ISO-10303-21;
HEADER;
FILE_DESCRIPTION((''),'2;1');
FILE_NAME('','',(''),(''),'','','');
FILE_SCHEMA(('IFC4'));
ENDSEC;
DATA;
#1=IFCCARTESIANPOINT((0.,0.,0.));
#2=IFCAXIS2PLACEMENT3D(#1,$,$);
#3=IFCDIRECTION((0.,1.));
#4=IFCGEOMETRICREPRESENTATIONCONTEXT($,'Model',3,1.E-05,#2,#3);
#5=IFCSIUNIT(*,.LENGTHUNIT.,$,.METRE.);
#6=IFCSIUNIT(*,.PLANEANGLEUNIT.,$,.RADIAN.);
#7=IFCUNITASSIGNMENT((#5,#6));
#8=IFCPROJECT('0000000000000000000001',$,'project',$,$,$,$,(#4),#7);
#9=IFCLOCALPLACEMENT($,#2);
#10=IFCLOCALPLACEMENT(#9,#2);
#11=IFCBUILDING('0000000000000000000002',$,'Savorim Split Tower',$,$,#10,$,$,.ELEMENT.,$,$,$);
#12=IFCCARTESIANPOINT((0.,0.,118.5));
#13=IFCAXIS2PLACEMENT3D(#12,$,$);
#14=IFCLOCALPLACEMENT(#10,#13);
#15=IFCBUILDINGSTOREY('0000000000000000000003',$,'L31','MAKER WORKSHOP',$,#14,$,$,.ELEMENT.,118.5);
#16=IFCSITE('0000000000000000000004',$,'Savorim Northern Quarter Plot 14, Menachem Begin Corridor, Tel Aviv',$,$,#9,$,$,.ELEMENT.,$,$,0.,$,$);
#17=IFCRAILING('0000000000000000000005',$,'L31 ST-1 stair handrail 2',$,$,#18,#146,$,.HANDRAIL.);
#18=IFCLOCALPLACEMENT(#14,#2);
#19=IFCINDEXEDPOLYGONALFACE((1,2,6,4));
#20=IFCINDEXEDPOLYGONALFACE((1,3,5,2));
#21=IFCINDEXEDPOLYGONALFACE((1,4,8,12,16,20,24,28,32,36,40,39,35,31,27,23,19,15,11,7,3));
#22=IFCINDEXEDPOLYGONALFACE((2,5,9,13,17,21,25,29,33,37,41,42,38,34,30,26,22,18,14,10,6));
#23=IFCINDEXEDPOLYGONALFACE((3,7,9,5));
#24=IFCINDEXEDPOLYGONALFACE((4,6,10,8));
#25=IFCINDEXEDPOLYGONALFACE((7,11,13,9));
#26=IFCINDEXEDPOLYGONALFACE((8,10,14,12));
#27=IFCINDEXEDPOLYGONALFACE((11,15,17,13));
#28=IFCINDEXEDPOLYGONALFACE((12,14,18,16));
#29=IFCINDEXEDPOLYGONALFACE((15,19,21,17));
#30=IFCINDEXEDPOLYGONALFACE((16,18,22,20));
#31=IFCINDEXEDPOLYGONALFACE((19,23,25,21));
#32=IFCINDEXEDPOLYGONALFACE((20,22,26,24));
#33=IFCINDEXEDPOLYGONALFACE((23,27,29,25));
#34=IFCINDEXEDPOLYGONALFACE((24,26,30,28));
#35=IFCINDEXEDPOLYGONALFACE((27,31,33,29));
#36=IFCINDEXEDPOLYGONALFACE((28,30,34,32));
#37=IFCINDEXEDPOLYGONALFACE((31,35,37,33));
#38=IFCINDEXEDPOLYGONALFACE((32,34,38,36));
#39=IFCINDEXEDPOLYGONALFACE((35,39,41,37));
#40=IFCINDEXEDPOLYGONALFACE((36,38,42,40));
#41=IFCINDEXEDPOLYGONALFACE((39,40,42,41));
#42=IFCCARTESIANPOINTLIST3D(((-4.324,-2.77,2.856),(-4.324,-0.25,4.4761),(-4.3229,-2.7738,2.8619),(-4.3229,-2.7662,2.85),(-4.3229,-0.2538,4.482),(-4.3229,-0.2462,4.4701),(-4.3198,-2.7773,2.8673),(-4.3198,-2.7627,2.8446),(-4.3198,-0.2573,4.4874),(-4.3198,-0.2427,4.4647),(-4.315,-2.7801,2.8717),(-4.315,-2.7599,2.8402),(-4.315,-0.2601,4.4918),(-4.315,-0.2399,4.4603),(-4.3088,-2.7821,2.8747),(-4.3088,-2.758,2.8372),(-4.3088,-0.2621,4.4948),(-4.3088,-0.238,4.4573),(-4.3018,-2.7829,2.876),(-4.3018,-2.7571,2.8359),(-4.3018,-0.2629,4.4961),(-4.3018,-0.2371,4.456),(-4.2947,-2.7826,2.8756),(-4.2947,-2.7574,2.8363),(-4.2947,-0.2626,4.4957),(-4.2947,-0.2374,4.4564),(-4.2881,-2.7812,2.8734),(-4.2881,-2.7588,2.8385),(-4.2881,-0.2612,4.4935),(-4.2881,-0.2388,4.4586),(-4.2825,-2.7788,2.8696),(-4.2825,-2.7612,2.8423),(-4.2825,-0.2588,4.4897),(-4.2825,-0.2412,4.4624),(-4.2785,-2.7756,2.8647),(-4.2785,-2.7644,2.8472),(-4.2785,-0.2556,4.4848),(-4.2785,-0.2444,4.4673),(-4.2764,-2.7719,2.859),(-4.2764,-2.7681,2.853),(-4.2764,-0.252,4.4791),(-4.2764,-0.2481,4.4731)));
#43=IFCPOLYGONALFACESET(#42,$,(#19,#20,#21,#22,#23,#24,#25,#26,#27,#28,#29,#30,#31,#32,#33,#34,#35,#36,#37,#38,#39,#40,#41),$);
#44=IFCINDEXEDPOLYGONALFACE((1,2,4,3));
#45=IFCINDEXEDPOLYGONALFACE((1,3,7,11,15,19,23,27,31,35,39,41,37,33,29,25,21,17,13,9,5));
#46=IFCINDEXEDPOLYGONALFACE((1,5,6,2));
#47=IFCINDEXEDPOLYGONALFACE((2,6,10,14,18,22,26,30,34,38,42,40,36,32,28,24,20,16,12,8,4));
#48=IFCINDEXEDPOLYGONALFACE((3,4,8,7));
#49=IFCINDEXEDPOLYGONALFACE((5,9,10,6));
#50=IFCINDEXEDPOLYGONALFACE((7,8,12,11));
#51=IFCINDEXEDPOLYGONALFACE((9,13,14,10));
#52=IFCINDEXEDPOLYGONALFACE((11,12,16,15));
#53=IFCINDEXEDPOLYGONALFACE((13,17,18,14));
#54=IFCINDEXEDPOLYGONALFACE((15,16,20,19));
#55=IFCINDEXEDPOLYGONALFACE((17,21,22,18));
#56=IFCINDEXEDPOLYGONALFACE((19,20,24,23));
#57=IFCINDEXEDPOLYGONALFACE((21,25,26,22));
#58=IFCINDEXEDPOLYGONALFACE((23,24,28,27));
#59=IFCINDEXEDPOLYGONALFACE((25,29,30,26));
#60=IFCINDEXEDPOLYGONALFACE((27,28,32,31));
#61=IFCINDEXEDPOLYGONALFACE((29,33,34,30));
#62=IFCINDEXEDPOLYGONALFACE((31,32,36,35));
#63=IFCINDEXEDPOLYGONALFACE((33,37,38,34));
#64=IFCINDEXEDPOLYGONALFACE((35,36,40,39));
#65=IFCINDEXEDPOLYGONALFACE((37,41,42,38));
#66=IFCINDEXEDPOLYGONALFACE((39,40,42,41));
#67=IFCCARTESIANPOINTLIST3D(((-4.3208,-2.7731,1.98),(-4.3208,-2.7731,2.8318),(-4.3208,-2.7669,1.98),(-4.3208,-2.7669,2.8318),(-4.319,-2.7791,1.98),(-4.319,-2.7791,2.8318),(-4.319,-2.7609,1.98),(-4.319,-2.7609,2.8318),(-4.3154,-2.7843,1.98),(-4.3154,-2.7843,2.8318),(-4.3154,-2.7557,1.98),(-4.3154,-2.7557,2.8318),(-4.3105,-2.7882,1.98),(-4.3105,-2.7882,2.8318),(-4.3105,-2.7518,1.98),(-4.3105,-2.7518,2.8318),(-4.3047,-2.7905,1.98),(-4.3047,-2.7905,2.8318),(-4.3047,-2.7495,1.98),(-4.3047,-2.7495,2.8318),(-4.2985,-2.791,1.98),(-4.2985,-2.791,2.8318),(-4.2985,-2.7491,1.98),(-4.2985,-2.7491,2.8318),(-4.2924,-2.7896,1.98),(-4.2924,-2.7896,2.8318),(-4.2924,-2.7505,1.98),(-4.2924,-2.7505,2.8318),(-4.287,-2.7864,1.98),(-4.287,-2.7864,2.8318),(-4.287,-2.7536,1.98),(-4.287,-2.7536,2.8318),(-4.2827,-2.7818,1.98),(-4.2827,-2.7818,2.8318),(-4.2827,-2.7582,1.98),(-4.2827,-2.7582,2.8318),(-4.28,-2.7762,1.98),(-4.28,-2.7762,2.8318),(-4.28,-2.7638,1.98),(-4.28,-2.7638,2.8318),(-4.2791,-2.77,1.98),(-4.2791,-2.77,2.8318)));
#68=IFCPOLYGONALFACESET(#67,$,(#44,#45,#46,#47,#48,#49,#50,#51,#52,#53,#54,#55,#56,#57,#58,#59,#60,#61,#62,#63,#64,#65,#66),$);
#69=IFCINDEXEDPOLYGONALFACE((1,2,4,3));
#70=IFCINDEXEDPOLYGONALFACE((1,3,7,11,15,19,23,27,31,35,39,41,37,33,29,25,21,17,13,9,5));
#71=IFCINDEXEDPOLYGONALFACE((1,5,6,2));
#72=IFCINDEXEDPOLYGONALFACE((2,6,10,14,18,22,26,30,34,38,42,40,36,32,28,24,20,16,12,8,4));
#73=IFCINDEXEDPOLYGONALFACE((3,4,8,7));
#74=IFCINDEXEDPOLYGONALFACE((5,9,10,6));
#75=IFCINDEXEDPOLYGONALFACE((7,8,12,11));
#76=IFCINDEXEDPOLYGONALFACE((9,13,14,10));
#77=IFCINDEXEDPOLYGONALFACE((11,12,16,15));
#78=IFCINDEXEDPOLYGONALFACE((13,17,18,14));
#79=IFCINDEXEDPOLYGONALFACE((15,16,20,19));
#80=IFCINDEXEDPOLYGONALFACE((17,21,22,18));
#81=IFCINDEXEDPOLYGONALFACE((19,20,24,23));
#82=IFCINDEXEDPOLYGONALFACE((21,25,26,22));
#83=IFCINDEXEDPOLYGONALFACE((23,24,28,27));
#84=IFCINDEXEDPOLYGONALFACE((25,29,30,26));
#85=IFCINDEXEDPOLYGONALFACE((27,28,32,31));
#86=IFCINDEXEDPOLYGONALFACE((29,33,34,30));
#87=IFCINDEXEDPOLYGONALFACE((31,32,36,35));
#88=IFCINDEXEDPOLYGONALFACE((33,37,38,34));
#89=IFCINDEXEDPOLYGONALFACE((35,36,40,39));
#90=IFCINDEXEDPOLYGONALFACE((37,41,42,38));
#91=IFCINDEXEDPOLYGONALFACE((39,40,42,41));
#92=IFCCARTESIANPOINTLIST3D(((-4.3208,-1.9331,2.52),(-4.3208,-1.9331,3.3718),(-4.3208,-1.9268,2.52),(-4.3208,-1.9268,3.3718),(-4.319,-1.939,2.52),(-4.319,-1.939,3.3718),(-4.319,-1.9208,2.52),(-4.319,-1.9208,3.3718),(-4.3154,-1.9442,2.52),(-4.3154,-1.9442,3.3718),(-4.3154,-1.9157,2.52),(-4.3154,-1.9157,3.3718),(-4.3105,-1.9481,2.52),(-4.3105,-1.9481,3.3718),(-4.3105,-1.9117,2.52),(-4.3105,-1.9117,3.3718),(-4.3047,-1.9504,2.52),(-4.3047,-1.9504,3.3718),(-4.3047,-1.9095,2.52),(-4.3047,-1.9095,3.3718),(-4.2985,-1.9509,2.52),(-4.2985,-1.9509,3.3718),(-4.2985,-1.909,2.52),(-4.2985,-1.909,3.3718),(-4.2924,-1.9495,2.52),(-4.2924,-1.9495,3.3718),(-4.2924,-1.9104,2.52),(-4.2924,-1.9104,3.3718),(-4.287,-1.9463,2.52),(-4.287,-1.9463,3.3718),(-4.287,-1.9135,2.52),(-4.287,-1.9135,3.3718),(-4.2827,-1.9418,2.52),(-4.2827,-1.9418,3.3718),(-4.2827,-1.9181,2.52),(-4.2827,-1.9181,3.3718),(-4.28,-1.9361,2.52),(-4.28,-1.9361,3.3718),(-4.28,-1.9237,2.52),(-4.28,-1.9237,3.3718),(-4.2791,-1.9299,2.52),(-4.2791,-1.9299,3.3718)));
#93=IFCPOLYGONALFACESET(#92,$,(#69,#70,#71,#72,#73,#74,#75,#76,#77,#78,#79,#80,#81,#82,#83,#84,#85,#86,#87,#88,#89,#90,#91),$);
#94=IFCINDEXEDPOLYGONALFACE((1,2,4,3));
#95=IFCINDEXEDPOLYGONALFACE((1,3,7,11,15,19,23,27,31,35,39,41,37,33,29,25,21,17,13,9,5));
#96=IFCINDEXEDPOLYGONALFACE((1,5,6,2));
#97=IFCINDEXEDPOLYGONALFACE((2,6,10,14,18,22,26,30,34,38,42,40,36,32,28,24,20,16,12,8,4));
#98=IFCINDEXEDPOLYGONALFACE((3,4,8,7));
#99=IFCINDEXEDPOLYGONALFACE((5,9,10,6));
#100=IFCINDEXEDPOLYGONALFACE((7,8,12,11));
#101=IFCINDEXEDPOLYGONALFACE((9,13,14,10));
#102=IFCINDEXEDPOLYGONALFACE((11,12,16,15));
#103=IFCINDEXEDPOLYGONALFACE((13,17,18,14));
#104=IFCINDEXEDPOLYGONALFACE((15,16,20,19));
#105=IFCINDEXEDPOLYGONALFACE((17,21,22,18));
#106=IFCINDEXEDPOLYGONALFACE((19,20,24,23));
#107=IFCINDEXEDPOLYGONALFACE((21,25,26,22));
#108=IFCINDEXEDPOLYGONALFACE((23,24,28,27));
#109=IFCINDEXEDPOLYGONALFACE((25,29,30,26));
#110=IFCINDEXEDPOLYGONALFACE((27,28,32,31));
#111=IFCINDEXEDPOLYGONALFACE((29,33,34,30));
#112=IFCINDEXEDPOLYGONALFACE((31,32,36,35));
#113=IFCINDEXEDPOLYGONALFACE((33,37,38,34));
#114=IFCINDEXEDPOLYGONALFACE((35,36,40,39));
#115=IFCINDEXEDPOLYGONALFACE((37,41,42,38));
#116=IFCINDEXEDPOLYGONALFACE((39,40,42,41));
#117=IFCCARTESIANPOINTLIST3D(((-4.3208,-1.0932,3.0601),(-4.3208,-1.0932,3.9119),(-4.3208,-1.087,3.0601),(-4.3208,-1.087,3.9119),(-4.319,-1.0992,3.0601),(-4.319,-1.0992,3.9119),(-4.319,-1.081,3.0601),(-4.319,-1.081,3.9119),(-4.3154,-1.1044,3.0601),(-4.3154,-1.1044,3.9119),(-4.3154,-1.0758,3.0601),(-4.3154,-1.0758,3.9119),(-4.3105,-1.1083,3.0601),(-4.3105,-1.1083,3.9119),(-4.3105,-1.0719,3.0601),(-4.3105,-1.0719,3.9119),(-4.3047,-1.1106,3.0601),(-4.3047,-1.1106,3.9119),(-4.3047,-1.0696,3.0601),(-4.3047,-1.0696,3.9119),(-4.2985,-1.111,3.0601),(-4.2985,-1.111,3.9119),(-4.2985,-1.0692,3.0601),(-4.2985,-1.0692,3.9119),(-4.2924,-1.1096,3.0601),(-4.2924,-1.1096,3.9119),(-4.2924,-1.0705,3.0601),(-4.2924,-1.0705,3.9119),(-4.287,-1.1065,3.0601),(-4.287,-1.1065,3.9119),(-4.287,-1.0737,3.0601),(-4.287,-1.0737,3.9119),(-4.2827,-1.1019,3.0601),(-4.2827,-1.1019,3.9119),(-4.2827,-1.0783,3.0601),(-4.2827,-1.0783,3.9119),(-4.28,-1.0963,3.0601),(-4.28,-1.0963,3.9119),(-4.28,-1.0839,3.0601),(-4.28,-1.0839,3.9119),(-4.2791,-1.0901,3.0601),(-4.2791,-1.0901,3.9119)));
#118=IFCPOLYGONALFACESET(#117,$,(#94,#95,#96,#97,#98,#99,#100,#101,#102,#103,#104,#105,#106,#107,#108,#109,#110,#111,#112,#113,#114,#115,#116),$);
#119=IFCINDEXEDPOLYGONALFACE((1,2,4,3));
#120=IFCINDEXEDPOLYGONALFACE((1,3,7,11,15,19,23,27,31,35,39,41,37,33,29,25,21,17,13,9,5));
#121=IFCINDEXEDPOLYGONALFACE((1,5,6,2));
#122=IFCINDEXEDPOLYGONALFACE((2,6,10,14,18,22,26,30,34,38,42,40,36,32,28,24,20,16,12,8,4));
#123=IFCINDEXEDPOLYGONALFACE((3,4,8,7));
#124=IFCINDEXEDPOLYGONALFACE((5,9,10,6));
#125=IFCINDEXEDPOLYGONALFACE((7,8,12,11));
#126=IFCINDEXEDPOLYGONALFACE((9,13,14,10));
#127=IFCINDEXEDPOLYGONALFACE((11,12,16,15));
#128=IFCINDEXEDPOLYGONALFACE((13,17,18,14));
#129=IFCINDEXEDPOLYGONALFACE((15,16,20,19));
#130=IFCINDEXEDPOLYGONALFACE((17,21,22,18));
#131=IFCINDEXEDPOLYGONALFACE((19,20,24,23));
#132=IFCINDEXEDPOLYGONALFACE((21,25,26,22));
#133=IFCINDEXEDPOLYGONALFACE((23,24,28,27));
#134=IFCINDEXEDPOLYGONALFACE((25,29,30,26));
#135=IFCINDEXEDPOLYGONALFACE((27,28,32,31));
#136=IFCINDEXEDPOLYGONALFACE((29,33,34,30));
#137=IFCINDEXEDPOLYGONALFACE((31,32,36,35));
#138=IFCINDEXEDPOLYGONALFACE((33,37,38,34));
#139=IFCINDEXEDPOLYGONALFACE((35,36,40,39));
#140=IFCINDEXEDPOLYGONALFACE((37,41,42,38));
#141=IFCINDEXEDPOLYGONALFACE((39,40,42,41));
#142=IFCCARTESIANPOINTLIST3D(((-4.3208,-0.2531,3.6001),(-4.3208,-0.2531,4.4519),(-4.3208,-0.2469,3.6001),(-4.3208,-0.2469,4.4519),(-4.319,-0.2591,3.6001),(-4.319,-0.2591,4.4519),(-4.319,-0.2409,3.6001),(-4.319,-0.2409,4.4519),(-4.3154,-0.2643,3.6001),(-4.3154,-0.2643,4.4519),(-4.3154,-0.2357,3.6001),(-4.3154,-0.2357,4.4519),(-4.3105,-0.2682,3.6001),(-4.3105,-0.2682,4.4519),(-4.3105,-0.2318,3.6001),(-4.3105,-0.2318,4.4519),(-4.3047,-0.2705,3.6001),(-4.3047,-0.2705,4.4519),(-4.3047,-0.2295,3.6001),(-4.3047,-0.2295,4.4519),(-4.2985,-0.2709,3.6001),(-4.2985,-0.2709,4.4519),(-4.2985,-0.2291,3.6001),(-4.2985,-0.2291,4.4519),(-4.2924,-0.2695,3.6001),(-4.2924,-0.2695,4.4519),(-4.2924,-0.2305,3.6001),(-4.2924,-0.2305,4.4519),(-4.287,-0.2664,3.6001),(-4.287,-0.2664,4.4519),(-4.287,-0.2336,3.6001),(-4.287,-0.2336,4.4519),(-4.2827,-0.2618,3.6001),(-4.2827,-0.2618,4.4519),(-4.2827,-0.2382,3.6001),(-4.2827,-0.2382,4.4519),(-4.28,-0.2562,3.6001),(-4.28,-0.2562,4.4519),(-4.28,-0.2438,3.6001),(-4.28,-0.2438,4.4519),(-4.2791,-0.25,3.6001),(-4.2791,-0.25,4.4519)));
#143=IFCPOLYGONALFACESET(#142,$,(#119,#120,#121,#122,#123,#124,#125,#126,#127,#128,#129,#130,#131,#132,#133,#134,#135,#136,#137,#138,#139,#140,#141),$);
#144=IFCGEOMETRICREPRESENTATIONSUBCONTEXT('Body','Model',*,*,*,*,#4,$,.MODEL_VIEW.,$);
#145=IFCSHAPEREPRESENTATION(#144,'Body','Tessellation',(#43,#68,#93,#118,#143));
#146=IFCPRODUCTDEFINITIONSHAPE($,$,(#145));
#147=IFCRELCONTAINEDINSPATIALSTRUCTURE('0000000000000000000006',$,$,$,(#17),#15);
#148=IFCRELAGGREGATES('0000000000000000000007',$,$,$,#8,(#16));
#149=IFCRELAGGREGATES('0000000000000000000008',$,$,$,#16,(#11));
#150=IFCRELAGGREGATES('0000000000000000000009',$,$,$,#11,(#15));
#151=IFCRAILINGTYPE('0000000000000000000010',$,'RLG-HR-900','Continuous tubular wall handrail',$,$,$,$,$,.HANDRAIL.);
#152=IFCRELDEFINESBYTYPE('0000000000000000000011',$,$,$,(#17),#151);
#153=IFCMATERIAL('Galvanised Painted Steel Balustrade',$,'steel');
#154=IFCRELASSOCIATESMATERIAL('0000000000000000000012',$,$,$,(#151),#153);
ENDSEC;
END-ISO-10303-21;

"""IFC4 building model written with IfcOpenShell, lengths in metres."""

from ifc_helpers import new_model, si_unit, direction, frame, origin, origin_2d, place, context, subcontext, project, spatial, circle, extrude, material, type_object, element, save


model = new_model("IFC4")

# Units and contexts
model_context = context("Model", 3, precision=1e-05, world=origin(), true_north=direction((0.0, 1.0)))
body_context = subcontext(model_context, "Body", "Model", "MODEL_VIEW")
ifc_project = project(units=[si_unit("LENGTHUNIT", "METRE"), si_unit("PLANEANGLEUNIT", "RADIAN")], contexts=[model_context])

# Site, building, storey
site_placement = place(None, origin())
site = spatial("IfcSite", under=ifc_project, at=site_placement, Name="Savorim Northern Quarter Plot 14, Menachem Begin Corridor, Tel Aviv", CompositionType="ELEMENT", RefElevation=0.0)
building_placement = place(site_placement, origin())
building = spatial("IfcBuilding", under=site, at=building_placement, Name="Savorim Split Tower", CompositionType="ELEMENT")
storey_placement = place(building_placement, frame((0.0, 0.0, 118.5)))
storey = spatial("IfcBuildingStorey", under=building, at=storey_placement, Name="L31", Description="MAKER WORKSHOP", CompositionType="ELEMENT", Elevation=118.5)

# Railing
ifc_material_1 = material(Name="Galvanised Painted Steel Balustrade", Category="steel")
railing_type_1 = type_object("IfcRailingType", Name="RLG-HR-900", Description="Continuous tubular wall handrail", PredefinedType="HANDRAIL", material=ifc_material_1)
railing_1_placement = place(storey_placement, frame((-4.3, -2.77, 1.98)))
element("IfcRailing", 1, at=railing_1_placement, inside=storey, type_object=railing_type_1, Name="L31 ST-1 stair handrail 2", PredefinedType="HANDRAIL", context=body_context, shape_type="SweptSolid", body=[
    extrude(circle(Radius=0.0239, at=origin_2d()), frame((0.0, 0.0, 0.876), z_axis=(0.0, 0.841163, 0.540782), x_axis=(-1.0, 0.0, 0.0)), (0.0, 0.0, 1.0), 2.9958),
    extrude(circle(Radius=0.021, at=origin_2d()), origin(), (0.0, 0.0, 1.0), 0.8518),
    extrude(circle(Radius=0.021, at=origin_2d()), frame((0.0, 0.8401, 0.54)), (0.0, 0.0, 1.0), 0.8518),
    extrude(circle(Radius=0.021, at=origin_2d()), frame((0.0, 1.6799, 1.0801)), (0.0, 0.0, 1.0), 0.8518),
    extrude(circle(Radius=0.021, at=origin_2d()), frame((0.0, 2.52, 1.6201)), (0.0, 0.0, 1.0), 0.8518),
])

save(model, "model.ifc")
